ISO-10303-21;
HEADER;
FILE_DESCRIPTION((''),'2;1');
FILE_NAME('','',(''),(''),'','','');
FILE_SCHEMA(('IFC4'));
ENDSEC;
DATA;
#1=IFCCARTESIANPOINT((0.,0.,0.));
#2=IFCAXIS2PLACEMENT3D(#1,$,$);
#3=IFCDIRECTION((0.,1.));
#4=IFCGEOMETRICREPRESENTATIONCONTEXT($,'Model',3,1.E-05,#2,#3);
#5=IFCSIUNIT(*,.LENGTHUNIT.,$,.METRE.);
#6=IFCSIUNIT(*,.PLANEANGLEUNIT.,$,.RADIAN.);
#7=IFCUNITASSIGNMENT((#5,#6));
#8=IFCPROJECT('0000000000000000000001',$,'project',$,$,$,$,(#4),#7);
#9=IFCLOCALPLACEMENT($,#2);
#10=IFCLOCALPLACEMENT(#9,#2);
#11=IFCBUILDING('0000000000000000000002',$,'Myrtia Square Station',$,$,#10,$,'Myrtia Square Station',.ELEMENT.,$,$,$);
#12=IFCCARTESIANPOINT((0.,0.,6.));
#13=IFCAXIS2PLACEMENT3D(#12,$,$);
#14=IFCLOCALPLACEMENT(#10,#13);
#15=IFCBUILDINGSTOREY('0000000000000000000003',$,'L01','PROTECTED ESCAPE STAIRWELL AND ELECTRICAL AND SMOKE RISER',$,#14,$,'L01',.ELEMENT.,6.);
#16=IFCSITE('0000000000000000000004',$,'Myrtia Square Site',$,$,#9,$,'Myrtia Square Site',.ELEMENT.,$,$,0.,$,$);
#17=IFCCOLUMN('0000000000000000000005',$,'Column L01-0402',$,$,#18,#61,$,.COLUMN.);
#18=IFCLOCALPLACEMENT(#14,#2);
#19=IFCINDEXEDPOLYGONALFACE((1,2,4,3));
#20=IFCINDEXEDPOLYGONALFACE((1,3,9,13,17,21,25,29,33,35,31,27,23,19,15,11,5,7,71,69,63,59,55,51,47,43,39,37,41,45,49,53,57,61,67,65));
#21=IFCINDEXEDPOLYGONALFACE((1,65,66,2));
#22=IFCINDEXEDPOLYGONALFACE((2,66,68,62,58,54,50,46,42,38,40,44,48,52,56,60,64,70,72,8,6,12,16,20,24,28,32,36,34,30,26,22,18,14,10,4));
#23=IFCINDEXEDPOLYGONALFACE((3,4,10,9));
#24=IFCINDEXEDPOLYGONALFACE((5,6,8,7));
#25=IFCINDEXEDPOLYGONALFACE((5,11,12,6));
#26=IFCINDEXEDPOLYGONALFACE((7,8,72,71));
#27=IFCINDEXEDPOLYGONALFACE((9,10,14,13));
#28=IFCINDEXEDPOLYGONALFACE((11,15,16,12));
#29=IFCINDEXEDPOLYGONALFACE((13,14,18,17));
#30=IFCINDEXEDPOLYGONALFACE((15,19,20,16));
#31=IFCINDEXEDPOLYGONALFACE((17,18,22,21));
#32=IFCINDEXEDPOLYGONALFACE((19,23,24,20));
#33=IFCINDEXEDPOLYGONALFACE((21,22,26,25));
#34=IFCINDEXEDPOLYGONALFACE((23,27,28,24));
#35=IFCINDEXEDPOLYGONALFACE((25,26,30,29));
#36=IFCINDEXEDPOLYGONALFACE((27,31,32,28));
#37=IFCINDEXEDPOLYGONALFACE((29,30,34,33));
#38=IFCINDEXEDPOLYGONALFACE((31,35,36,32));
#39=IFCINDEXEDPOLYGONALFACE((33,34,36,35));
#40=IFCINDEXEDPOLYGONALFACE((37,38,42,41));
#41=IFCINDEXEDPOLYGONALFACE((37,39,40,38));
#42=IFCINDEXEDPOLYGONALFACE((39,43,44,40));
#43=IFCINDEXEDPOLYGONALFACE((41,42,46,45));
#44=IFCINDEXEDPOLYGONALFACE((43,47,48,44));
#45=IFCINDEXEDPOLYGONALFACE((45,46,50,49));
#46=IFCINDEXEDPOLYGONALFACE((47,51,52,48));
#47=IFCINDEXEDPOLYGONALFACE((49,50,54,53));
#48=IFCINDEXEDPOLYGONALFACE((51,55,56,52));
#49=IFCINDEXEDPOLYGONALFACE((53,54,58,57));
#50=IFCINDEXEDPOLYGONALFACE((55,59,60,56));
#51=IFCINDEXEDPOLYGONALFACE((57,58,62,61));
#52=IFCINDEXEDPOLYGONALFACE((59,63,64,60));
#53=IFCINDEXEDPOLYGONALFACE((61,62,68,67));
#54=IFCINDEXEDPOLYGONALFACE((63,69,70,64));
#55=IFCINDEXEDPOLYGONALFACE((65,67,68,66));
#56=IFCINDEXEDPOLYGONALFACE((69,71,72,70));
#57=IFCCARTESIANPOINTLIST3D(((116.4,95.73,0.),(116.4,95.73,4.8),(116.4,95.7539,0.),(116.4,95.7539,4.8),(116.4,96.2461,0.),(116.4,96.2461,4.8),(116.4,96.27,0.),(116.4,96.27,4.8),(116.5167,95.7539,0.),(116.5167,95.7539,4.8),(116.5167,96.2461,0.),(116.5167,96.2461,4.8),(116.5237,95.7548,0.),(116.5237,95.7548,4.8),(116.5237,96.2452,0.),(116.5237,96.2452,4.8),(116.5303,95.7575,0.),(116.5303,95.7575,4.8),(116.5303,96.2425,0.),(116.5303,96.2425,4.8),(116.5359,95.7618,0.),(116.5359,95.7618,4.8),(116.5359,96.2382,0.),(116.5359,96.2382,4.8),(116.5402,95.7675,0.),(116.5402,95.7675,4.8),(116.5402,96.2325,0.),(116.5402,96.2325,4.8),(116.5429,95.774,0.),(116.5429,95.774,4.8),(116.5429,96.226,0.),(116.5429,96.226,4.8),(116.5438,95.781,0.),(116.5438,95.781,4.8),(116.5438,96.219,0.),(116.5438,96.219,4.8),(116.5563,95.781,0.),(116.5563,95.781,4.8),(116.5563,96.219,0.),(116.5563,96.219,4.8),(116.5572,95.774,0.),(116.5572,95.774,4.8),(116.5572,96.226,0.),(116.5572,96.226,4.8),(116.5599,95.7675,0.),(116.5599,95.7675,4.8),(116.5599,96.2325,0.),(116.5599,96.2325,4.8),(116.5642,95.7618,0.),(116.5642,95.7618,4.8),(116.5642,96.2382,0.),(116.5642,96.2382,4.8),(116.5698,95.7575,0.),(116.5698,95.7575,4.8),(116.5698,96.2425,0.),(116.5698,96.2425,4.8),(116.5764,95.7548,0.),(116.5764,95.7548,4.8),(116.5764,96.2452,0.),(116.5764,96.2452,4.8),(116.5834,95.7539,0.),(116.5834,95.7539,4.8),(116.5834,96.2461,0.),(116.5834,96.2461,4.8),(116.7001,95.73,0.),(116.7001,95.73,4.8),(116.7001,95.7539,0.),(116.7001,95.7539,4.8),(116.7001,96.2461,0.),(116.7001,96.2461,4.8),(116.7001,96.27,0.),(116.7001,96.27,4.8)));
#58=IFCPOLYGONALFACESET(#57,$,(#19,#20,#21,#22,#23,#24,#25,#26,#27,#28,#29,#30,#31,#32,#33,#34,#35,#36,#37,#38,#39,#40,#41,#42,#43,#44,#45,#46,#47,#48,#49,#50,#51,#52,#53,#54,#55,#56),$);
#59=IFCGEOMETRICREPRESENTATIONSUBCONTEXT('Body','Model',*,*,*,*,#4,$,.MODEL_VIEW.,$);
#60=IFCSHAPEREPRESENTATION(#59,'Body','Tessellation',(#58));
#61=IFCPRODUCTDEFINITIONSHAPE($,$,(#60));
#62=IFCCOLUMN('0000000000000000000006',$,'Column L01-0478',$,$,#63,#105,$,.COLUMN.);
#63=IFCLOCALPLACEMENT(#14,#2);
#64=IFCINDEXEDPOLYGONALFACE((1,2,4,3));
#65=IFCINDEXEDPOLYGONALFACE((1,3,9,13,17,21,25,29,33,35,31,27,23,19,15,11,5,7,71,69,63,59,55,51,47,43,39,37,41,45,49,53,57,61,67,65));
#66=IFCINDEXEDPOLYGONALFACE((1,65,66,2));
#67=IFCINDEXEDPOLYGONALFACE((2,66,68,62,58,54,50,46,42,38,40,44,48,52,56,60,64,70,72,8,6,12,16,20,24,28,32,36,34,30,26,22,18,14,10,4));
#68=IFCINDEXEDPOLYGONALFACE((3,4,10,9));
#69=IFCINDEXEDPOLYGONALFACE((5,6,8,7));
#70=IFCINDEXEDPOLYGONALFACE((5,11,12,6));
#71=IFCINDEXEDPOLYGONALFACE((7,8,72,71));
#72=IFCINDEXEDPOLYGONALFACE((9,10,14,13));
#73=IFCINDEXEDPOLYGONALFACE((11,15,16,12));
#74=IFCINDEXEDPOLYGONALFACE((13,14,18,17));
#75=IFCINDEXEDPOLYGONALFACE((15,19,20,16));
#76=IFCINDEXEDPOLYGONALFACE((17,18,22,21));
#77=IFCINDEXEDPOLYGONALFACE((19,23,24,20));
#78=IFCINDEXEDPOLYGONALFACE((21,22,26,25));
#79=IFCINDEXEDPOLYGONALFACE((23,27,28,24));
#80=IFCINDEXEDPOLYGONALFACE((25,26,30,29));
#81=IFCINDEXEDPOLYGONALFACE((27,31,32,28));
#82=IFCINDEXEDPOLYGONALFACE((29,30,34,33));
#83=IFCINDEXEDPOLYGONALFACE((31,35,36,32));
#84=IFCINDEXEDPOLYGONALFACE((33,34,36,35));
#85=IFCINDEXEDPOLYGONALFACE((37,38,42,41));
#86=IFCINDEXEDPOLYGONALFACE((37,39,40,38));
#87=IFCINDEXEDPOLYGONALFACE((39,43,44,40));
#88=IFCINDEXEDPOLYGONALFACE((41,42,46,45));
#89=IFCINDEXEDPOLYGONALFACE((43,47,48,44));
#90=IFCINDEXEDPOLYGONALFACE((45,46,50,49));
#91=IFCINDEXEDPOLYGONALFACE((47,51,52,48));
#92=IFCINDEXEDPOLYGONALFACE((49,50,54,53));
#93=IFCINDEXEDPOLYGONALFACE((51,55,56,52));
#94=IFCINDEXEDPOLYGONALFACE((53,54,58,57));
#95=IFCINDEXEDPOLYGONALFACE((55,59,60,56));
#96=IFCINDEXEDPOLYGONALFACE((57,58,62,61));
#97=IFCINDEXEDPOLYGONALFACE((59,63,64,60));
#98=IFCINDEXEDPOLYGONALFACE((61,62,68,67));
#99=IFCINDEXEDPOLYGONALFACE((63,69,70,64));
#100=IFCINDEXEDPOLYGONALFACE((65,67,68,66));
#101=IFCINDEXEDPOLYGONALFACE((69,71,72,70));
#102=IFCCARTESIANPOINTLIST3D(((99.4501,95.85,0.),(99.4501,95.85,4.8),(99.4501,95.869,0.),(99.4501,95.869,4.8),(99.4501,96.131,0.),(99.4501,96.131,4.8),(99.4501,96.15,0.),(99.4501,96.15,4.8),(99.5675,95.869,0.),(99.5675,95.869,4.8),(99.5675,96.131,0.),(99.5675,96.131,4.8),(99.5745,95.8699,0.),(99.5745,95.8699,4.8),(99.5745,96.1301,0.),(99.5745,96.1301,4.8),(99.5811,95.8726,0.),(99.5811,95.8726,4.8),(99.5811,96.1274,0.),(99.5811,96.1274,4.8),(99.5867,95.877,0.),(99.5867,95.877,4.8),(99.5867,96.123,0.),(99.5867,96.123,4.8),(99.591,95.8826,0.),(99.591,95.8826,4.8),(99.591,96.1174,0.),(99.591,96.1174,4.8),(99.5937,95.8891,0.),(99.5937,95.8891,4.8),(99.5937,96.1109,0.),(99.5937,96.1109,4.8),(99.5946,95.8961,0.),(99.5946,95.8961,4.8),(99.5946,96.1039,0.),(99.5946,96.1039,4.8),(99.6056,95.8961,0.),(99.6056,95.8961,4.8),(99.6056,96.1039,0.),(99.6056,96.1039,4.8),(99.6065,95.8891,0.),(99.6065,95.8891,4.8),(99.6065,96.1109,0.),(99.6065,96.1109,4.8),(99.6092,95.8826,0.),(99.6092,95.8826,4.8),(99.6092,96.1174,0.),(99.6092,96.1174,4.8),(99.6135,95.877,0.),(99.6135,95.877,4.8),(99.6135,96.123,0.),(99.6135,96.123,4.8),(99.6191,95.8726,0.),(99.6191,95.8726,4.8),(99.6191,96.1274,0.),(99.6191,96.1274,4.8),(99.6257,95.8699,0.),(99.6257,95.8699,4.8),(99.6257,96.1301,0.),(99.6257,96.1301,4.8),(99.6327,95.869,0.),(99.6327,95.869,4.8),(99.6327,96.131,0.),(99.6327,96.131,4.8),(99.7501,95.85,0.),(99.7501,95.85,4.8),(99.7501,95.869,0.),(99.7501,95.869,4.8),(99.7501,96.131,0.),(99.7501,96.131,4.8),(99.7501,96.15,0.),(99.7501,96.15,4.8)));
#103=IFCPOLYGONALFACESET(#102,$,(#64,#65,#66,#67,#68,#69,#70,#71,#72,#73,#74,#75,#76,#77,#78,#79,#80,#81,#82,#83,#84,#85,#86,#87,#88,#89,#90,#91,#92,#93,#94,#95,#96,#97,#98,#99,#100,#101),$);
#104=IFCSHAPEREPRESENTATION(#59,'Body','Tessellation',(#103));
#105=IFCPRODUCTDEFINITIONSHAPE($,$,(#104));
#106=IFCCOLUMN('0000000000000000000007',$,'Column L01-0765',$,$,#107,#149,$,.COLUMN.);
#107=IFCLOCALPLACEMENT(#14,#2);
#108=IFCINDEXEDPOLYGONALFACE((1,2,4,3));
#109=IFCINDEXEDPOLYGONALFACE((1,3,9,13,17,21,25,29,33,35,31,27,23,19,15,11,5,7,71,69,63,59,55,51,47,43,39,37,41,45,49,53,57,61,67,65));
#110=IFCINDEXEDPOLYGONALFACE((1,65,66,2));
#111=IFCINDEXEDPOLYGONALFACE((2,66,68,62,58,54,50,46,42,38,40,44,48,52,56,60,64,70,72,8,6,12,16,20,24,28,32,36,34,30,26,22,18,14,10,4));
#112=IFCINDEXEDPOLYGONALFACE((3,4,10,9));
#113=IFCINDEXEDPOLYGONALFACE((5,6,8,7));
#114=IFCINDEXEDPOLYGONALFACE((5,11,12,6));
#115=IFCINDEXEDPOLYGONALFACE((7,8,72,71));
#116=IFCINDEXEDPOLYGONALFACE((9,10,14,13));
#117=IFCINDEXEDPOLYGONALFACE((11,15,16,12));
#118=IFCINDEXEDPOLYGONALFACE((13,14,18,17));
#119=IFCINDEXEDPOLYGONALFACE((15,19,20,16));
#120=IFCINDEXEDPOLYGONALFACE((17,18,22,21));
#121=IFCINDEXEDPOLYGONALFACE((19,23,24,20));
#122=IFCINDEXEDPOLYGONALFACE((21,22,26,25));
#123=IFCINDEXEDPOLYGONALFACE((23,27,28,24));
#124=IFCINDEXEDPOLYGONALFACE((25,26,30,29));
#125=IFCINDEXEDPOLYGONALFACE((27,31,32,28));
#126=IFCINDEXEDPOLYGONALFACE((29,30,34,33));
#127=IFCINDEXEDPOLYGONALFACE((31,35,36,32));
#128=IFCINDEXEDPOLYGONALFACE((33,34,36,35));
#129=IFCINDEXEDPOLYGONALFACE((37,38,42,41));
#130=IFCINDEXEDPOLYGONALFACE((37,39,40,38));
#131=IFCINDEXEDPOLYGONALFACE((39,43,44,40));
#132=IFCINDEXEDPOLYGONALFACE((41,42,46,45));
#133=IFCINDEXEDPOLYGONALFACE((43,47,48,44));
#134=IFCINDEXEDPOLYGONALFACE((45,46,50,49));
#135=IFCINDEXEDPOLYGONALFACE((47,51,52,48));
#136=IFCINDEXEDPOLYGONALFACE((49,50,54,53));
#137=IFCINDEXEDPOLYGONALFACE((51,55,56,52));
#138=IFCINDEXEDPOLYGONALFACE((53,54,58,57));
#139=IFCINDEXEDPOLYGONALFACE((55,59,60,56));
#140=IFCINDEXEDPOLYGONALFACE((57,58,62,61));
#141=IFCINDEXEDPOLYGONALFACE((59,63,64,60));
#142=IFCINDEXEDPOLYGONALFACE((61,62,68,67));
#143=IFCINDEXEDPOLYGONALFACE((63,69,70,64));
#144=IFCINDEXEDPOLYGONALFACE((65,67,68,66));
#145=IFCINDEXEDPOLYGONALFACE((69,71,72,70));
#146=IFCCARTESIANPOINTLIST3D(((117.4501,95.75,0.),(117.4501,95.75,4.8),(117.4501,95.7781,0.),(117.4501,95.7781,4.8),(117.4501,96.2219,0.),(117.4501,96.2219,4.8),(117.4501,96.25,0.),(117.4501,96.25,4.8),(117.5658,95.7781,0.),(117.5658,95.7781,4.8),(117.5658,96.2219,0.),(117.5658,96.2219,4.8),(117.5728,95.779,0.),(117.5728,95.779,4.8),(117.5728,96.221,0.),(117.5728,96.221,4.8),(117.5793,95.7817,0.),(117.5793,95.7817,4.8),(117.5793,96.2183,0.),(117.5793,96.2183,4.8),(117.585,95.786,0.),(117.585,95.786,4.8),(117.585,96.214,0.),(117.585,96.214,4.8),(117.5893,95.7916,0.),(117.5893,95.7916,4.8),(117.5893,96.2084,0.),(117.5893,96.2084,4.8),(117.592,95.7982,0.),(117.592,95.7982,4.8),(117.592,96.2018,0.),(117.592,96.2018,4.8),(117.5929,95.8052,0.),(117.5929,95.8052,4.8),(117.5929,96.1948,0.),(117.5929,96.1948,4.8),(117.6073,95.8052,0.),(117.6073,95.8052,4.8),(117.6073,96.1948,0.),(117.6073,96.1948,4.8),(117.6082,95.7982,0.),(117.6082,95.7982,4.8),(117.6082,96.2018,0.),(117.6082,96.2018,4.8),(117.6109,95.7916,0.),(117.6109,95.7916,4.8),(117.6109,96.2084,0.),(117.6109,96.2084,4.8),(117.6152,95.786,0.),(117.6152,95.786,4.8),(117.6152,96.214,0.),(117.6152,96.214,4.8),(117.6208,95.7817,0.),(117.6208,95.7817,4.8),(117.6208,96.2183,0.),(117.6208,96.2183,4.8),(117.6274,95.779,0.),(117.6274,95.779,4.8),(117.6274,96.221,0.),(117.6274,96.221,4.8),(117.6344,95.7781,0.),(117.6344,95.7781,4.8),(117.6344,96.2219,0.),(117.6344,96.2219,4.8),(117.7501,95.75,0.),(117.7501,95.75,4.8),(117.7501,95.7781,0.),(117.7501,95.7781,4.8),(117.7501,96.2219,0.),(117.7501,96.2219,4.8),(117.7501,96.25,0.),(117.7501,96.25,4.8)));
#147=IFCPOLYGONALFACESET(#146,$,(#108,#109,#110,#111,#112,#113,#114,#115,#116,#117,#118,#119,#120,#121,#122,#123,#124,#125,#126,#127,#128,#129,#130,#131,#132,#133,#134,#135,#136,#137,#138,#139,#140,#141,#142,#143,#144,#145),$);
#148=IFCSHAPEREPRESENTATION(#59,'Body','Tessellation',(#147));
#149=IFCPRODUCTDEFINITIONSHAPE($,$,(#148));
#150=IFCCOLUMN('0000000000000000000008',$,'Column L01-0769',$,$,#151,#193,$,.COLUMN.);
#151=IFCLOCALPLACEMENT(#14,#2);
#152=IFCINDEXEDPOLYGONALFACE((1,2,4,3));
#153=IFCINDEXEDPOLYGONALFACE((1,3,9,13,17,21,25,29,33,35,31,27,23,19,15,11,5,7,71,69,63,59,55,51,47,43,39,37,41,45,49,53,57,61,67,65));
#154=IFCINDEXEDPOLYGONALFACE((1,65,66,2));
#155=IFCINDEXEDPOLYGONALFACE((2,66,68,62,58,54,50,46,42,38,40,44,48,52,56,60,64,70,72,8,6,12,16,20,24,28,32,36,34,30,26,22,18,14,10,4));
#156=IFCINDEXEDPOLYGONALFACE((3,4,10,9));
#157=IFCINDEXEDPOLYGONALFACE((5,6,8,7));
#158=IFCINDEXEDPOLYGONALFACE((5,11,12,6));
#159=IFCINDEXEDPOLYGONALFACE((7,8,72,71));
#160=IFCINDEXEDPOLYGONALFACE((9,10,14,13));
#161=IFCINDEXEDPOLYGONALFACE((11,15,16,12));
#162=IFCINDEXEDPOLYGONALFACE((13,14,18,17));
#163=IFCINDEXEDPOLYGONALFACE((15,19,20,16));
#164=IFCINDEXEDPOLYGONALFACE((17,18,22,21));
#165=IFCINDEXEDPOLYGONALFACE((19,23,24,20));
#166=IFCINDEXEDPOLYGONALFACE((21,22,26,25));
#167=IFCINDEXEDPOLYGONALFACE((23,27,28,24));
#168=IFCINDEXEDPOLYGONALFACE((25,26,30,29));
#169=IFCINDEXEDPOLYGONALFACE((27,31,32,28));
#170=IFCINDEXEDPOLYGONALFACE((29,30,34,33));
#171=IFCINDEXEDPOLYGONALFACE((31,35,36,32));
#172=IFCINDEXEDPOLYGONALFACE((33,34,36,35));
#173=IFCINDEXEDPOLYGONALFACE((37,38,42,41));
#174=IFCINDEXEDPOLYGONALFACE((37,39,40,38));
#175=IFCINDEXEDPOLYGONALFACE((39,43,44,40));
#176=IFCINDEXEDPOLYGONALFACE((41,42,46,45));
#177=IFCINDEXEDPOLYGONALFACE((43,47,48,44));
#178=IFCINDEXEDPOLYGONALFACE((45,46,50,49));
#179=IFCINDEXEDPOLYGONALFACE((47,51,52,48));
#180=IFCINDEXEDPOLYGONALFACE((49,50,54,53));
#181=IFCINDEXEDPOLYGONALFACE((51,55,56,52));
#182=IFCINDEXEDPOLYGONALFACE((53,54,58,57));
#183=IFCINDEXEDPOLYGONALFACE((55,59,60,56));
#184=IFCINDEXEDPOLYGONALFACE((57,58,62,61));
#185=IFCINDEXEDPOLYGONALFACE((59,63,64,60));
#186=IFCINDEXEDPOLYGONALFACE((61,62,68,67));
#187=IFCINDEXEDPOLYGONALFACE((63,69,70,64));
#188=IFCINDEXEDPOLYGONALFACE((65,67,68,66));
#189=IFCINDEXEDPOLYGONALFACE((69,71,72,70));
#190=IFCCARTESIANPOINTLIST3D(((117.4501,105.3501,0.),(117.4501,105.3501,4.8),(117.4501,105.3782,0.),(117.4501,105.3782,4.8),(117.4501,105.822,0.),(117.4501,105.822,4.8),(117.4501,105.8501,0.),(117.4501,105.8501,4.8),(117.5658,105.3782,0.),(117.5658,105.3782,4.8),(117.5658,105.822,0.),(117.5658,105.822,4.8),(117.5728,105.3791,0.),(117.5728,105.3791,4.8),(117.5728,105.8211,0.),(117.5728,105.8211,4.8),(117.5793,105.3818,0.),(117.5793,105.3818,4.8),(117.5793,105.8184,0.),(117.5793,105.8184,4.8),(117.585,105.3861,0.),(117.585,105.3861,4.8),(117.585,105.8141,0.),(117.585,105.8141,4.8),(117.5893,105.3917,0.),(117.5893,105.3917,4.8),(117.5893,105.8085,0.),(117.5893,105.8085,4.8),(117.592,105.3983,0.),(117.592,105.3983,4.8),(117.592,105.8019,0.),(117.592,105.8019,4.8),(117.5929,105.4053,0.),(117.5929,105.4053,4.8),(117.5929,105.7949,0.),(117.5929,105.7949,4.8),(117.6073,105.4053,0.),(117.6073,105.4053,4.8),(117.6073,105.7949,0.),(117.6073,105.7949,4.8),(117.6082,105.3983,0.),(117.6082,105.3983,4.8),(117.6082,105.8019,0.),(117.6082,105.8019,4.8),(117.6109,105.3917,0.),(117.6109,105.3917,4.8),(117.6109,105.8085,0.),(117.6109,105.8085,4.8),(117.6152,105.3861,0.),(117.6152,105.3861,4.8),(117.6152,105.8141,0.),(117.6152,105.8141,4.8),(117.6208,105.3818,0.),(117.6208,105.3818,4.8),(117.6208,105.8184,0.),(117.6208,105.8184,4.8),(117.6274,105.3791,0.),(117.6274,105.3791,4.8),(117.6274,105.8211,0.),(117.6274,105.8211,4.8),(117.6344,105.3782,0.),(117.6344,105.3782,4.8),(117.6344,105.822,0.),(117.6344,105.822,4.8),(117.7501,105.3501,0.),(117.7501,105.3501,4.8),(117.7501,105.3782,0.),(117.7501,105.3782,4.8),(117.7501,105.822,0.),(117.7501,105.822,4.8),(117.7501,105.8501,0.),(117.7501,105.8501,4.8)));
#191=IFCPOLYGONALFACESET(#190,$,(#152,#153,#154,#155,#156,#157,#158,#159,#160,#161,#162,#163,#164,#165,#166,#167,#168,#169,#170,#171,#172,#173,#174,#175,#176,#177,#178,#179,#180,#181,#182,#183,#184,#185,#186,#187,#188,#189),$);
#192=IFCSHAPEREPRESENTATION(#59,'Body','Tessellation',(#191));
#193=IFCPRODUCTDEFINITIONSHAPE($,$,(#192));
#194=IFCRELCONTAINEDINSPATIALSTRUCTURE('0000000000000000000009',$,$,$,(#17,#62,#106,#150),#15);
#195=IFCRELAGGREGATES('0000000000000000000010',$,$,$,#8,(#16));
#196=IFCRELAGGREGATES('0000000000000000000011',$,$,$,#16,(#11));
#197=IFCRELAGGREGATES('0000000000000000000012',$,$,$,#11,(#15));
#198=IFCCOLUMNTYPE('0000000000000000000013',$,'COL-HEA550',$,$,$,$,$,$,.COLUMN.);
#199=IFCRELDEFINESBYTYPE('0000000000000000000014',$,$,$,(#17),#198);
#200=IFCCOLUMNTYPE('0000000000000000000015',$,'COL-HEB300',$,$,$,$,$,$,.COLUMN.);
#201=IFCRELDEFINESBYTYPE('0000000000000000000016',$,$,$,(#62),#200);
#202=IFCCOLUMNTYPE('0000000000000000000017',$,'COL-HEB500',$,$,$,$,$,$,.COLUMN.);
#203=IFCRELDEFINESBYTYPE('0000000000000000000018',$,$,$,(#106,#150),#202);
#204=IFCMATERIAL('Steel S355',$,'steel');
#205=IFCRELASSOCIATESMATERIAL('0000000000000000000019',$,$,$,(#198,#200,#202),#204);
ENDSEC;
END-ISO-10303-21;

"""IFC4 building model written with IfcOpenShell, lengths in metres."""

from ifc_helpers import new_model, si_unit, direction, frame, origin, origin_2d, place, context, subcontext, project, spatial, i_section, extrude, material, material_profile, profile_set, type_object, element, save


model = new_model("IFC4")

# Units and contexts
model_context = context("Model", 3, precision=1e-05, world=origin(), true_north=direction((0.0, 1.0)))
body_context = subcontext(model_context, "Body", "Model", "MODEL_VIEW")
ifc_project = project(units=[si_unit("LENGTHUNIT", "METRE"), si_unit("PLANEANGLEUNIT", "RADIAN")], contexts=[model_context])

# Site, building, storey
site_placement = place(None, origin())
site = spatial("IfcSite", under=ifc_project, at=site_placement, Name="Myrtia Square Site", LongName="Myrtia Square Site", CompositionType="ELEMENT", RefElevation=0.0)
building_placement = place(site_placement, origin())
building = spatial("IfcBuilding", under=site, at=building_placement, Name="Myrtia Square Station", LongName="Myrtia Square Station", CompositionType="ELEMENT")
storey_placement = place(building_placement, frame((0.0, 0.0, 6.0)))
storey = spatial("IfcBuildingStorey", under=building, at=storey_placement, Name="L01", Description="PROTECTED ESCAPE STAIRWELL AND ELECTRICAL AND SMOKE RISER", LongName="L01", CompositionType="ELEMENT", Elevation=6.0)

# Columns
ifc_material_1 = material(Name="Steel S355", Category="steel")
ifc_material_profile_1 = material_profile(ifc_material_1, i_section(OverallWidth=0.3, OverallDepth=0.54, WebThickness=0.0125, FlangeThickness=0.0239, FilletRadius=0.0271, at=origin_2d()), Name="HEA 550")
ifc_profile_set_1 = profile_set([ifc_material_profile_1], Name="Steel S355")
column_type_1 = type_object("IfcColumnType", Name="COL-HEA550", PredefinedType="COLUMN", material=ifc_profile_set_1)
column_1_placement = place(storey_placement, frame((116.55, 96.0, 0.0), z_axis=(0.0, 0.0, 1.0), x_axis=(1.0, 0.0, 0.0)))
element("IfcColumn", 1, at=column_1_placement, inside=storey, type_object=column_type_1, Name="Column L01-0402", PredefinedType="COLUMN", context=body_context, shape_type="SweptSolid", body=[
    extrude(i_section(OverallWidth=0.3, OverallDepth=0.54, WebThickness=0.0125, FlangeThickness=0.0239, FilletRadius=0.0271, at=origin_2d()), origin(), (0.0, 0.0, 1.0), 4.8),
])
ifc_material_profile_2 = material_profile(ifc_material_1, i_section(OverallWidth=0.3, OverallDepth=0.3, WebThickness=0.011, FlangeThickness=0.019, FilletRadius=0.0271, at=origin_2d()), Name="HEB 300")
ifc_profile_set_2 = profile_set([ifc_material_profile_2], Name="Steel S355")
column_type_2 = type_object("IfcColumnType", Name="COL-HEB300", PredefinedType="COLUMN", material=ifc_profile_set_2)
column_2_placement = place(storey_placement, frame((99.6001, 96.0, 0.0), z_axis=(0.0, 0.0, 1.0), x_axis=(1.0, 0.0, 0.0)))
element("IfcColumn", 2, at=column_2_placement, inside=storey, type_object=column_type_2, Name="Column L01-0478", PredefinedType="COLUMN", context=body_context, shape_type="SweptSolid", body=[
    extrude(i_section(OverallWidth=0.3, OverallDepth=0.3, WebThickness=0.011, FlangeThickness=0.019, FilletRadius=0.0271, at=origin_2d()), origin(), (0.0, 0.0, 1.0), 4.8),
])
ifc_material_profile_3 = material_profile(ifc_material_1, i_section(OverallWidth=0.3, OverallDepth=0.5, WebThickness=0.0144, FlangeThickness=0.0281, FilletRadius=0.0271, at=origin_2d()), Name="HEB 500")
ifc_profile_set_3 = profile_set([ifc_material_profile_3], Name="Steel S355")
column_type_3 = type_object("IfcColumnType", Name="COL-HEB500", PredefinedType="COLUMN", material=ifc_profile_set_3)
for number, where, z_axis, x_axis, name in (
    (3, (117.6001, 96.0, 0.0), (0.0, 0.0, 1.0), (1.0, 0.0, 0.0), "Column L01-0765"),
    (4, (117.6001, 105.6001, 0.0), (0.0, 0.0, 1.0), (1.0, 0.0, 0.0), "Column L01-0769"),
):
    element("IfcColumn", number, at=place(storey_placement, frame(where, z_axis=z_axis, x_axis=x_axis)), inside=storey, type_object=column_type_3, Name=name, PredefinedType="COLUMN", context=body_context, shape_type="SweptSolid", body=[
        extrude(i_section(OverallWidth=0.3, OverallDepth=0.5, WebThickness=0.0144, FlangeThickness=0.0281, FilletRadius=0.0271, at=origin_2d()), origin(), (0.0, 0.0, 1.0), 4.8),
    ])

save(model, "model.ifc")
